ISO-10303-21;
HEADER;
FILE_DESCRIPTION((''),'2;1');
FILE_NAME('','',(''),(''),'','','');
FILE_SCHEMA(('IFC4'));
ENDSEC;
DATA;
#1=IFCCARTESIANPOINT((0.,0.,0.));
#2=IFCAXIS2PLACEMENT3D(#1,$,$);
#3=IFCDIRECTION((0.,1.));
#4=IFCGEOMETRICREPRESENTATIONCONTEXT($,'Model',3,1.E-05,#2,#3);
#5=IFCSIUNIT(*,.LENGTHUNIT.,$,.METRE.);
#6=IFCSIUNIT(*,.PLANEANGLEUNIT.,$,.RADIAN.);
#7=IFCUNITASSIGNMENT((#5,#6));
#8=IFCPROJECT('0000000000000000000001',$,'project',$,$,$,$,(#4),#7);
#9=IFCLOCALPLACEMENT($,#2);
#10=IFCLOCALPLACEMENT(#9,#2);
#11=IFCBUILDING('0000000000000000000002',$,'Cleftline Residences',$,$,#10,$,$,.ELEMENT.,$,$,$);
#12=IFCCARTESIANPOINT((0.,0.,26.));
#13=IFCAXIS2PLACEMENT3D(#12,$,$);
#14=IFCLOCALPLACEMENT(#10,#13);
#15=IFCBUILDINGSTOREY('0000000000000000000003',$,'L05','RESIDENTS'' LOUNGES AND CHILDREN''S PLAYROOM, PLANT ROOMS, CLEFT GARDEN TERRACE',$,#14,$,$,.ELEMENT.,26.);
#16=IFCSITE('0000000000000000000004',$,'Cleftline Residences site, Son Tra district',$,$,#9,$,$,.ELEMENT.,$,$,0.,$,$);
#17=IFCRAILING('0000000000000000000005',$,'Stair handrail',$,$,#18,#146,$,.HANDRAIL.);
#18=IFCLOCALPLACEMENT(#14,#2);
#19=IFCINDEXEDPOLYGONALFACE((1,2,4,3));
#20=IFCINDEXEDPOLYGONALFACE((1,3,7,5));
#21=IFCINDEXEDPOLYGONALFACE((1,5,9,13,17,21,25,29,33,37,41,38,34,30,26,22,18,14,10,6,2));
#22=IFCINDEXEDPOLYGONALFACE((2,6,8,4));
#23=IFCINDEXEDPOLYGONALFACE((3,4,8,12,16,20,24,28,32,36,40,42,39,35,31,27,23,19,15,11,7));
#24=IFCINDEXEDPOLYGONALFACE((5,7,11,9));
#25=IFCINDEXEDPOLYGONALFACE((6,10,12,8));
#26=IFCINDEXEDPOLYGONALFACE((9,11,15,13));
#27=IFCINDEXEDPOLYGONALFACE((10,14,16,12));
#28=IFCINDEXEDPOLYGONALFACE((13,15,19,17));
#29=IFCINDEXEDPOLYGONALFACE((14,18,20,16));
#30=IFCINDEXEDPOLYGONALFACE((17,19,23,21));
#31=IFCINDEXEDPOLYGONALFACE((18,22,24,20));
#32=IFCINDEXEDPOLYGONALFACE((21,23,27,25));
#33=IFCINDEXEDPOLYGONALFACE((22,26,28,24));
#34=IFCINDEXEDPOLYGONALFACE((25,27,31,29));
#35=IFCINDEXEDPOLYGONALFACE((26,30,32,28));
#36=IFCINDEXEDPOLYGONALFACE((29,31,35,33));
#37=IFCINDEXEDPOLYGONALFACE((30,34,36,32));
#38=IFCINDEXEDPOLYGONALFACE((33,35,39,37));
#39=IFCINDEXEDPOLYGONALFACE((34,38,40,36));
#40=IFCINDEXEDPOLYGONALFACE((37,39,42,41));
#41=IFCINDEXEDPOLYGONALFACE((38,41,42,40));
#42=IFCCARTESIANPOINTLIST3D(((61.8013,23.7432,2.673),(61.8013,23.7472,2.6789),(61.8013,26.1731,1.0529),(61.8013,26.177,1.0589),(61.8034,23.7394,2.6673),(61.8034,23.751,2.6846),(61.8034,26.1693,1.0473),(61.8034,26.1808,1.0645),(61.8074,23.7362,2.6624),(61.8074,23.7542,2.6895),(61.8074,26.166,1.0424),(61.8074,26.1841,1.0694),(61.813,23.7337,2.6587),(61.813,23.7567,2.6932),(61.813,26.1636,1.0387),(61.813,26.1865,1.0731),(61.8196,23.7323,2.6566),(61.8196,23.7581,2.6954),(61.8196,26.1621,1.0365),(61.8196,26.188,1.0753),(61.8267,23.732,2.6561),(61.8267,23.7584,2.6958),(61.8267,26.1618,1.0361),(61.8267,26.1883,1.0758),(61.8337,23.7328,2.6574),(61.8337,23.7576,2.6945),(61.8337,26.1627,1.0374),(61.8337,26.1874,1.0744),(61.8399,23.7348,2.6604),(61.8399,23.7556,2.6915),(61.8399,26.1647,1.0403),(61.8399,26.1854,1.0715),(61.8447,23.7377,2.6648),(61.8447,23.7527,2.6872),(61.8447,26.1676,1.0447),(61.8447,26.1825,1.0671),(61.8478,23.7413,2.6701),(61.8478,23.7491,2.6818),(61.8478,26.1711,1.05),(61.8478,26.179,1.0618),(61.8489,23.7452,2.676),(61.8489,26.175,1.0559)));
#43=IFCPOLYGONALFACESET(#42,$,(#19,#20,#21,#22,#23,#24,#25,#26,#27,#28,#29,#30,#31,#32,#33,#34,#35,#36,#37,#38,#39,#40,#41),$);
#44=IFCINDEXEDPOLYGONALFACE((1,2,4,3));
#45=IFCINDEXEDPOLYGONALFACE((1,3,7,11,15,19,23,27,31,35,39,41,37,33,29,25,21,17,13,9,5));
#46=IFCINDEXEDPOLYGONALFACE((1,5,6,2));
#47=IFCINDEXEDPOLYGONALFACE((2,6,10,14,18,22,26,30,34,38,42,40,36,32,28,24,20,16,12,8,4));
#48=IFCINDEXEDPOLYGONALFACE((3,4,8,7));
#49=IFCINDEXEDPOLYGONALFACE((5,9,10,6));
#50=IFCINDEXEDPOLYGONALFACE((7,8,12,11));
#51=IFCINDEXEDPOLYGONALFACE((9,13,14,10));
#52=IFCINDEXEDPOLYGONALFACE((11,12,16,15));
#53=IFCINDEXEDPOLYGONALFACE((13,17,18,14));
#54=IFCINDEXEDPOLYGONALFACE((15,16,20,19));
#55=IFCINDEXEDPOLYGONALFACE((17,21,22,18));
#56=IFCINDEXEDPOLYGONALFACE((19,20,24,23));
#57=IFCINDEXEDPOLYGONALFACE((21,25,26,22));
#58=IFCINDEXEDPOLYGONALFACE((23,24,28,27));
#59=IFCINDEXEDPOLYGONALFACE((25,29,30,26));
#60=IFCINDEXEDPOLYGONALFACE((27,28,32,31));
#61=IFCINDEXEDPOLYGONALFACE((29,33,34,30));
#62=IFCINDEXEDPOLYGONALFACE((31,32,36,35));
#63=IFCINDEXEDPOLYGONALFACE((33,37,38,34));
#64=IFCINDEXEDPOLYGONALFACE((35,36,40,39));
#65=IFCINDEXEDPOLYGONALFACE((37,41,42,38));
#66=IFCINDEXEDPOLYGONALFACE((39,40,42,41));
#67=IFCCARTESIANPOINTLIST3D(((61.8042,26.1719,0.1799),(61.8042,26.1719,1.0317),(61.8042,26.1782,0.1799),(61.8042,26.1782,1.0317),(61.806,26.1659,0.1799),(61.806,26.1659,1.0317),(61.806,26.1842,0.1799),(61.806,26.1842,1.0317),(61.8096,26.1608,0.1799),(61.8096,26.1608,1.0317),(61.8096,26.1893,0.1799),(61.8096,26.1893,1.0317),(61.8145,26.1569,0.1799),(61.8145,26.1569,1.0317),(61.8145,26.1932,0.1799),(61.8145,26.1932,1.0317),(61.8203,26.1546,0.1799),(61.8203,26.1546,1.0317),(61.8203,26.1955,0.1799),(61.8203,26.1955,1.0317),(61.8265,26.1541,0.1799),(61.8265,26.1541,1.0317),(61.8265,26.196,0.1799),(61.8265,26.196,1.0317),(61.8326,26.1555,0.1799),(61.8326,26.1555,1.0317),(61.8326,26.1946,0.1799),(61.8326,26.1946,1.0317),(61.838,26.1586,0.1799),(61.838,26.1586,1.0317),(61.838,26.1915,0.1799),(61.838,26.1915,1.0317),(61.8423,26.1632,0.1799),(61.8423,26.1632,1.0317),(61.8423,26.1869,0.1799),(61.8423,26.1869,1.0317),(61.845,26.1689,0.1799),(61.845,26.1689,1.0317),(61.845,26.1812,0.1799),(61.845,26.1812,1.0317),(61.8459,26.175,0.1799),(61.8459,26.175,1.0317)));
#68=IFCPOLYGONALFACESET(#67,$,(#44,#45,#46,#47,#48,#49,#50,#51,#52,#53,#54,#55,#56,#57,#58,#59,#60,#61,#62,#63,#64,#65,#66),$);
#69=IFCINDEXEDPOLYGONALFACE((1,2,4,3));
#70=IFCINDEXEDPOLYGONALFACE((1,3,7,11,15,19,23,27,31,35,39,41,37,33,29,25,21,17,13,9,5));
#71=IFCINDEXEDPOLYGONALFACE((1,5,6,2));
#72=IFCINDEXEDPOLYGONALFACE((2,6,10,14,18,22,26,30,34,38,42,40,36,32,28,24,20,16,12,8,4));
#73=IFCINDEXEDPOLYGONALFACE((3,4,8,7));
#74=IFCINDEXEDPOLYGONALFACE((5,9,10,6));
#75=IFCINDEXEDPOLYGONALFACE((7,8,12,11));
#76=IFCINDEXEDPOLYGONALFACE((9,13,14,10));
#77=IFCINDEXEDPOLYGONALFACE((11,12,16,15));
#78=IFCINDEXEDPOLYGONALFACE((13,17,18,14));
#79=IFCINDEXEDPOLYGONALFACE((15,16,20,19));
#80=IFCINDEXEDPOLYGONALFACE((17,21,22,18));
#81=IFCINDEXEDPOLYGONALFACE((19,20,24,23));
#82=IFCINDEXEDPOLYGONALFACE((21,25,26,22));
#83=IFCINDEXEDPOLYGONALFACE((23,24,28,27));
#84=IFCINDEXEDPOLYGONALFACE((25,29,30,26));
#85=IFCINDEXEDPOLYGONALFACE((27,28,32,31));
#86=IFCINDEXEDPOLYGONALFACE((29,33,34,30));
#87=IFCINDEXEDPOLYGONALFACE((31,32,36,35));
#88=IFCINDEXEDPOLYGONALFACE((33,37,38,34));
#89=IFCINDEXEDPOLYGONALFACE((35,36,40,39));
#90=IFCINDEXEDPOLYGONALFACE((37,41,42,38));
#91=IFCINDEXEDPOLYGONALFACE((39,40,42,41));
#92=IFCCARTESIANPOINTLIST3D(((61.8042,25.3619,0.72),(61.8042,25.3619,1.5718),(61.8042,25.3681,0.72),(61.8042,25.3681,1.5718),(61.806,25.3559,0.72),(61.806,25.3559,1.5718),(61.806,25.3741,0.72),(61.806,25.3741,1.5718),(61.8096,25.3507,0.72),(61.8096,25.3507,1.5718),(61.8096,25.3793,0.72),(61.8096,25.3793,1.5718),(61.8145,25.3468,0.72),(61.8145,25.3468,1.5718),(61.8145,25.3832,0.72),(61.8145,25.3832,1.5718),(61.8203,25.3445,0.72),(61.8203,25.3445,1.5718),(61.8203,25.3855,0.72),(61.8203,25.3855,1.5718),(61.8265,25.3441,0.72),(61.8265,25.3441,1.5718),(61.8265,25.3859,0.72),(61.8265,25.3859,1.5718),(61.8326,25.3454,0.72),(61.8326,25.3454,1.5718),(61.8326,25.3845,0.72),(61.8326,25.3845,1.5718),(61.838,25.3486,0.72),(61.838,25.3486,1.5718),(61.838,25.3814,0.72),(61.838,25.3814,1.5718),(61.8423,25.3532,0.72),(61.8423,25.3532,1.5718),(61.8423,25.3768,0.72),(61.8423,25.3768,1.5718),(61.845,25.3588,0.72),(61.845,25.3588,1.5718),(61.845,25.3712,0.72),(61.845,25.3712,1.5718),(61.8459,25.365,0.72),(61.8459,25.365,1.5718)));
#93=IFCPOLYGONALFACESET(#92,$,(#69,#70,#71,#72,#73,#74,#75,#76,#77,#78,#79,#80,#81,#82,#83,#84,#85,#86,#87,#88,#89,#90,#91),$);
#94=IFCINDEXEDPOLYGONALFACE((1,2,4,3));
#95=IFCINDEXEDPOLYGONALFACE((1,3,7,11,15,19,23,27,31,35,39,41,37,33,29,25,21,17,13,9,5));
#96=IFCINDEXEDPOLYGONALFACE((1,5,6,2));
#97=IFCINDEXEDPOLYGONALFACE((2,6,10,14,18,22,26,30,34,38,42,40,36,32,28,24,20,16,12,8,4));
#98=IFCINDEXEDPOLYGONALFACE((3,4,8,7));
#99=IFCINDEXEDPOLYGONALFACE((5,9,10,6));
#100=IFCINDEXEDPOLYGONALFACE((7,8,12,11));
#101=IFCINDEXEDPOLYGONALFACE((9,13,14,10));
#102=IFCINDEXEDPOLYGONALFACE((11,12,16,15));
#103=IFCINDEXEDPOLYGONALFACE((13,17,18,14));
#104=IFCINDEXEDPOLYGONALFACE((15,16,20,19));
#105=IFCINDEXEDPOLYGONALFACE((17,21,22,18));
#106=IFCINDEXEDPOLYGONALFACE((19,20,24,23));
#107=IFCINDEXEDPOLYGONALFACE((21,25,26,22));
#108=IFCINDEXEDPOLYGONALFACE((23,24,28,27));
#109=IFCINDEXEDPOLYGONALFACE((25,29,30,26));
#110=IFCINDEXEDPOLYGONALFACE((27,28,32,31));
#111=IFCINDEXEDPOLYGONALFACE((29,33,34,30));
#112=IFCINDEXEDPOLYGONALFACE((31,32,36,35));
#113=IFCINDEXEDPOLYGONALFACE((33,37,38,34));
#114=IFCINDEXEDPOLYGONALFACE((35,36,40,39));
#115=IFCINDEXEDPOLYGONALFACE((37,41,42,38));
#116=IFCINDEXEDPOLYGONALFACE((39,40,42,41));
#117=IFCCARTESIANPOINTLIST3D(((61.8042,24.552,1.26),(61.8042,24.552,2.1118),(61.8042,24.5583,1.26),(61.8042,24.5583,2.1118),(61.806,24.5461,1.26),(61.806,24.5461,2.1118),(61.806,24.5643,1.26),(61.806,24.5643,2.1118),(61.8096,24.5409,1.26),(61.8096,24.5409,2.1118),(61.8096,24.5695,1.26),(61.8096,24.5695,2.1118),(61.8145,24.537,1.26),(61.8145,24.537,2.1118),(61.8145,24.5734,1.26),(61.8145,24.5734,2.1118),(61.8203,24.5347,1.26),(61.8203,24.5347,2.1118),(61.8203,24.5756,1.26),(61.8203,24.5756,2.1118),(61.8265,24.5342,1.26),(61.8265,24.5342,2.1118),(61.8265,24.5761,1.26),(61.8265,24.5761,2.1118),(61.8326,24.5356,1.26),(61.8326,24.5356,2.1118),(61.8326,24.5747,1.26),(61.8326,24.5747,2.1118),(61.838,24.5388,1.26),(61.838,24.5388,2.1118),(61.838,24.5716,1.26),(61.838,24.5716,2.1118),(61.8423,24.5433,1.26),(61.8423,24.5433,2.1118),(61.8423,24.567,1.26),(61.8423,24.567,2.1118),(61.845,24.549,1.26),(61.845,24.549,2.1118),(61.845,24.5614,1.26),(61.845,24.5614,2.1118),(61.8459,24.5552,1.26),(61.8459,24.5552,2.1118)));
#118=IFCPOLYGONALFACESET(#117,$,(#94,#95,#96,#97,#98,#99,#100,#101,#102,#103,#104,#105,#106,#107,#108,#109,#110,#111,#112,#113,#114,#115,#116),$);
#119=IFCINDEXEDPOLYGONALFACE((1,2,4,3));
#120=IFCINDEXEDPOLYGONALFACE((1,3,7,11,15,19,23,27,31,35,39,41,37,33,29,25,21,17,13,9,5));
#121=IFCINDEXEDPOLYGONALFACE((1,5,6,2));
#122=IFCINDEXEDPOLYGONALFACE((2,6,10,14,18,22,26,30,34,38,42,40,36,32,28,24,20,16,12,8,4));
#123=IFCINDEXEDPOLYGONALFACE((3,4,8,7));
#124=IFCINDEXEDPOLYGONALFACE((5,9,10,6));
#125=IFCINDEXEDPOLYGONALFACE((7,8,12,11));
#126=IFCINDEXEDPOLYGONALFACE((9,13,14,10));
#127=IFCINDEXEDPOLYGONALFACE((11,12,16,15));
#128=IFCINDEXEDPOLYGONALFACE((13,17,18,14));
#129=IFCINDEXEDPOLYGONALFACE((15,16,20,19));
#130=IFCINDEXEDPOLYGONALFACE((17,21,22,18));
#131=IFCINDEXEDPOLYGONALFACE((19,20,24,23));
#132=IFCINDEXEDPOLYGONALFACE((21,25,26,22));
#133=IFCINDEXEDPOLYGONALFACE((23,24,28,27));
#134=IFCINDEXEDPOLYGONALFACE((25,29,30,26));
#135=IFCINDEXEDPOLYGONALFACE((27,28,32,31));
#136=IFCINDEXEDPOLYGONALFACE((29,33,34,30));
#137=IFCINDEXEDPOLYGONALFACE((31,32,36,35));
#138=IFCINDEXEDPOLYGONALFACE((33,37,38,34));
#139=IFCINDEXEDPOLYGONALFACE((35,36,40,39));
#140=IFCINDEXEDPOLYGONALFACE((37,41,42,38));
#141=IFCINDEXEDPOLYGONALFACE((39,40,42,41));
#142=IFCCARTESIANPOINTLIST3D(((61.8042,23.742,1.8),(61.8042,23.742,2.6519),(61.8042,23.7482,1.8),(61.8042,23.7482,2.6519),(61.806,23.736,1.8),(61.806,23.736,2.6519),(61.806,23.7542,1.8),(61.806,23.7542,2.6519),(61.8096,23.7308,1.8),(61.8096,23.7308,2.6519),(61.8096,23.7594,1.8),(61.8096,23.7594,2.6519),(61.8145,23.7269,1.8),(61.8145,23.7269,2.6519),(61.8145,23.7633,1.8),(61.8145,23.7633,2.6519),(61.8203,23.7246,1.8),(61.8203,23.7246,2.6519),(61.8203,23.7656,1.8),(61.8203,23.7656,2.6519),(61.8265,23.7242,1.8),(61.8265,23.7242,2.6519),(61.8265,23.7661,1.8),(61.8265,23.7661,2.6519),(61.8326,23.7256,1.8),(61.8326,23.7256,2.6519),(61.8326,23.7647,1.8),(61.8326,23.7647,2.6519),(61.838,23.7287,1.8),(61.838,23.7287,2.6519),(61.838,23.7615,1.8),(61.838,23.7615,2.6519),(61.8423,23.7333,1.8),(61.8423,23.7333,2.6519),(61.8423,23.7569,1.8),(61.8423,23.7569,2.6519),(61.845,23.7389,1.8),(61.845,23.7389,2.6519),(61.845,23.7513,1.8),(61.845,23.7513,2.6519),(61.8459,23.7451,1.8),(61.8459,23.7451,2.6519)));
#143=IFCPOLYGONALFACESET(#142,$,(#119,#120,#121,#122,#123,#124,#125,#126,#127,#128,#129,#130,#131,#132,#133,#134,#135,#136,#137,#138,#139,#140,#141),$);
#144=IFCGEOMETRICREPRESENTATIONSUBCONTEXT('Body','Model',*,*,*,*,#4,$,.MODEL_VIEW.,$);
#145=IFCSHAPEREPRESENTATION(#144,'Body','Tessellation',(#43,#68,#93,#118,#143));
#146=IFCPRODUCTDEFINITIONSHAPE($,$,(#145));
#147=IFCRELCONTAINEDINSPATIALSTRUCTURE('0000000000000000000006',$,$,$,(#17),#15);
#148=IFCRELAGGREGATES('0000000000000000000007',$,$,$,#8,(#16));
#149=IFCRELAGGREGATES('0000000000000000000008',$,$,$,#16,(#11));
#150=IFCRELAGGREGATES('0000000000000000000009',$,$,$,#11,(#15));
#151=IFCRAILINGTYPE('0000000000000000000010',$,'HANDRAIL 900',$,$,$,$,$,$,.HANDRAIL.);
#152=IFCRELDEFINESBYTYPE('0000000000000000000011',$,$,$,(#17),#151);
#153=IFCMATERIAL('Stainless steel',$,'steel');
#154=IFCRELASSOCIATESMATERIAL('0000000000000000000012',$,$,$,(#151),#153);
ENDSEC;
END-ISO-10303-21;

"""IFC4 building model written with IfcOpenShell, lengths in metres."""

from ifc_helpers import new_model, si_unit, direction, frame, origin, origin_2d, place, context, subcontext, project, spatial, circle, extrude, material, type_object, element, save


model = new_model("IFC4")

# Units and contexts
model_context = context("Model", 3, precision=1e-05, world=origin(), true_north=direction((0.0, 1.0)))
body_context = subcontext(model_context, "Body", "Model", "MODEL_VIEW")
ifc_project = project(units=[si_unit("LENGTHUNIT", "METRE"), si_unit("PLANEANGLEUNIT", "RADIAN")], contexts=[model_context])

# Site, building, storey
site_placement = place(None, origin())
site = spatial("IfcSite", under=ifc_project, at=site_placement, Name="Cleftline Residences site, Son Tra district", CompositionType="ELEMENT", RefElevation=0.0)
building_placement = place(site_placement, origin())
building = spatial("IfcBuilding", under=site, at=building_placement, Name="Cleftline Residences", CompositionType="ELEMENT")
storey_placement = place(building_placement, frame((0.0, 0.0, 26.0)))
storey = spatial("IfcBuildingStorey", under=building, at=storey_placement, Name="L05", Description="RESIDENTS' LOUNGES AND CHILDREN'S PLAYROOM, PLANT ROOMS, CLEFT GARDEN TERRACE", CompositionType="ELEMENT", Elevation=26.0)

# Railing
ifc_material_1 = material(Name="Stainless steel", Category="steel")
railing_type = type_object("IfcRailingType", Name="HANDRAIL 900", PredefinedType="HANDRAIL", material=ifc_material_1)
railing_placement = place(storey_placement, frame((61.825, 26.175, 0.1799)))
element("IfcRailing", 1, at=railing_placement, inside=storey, type_object=railing_type, Name="Stair handrail", PredefinedType="HANDRAIL", context=body_context, shape_type="SweptSolid", body=[
    extrude(circle(Radius=0.0239, at=origin_2d()), frame((0.0, 0.0, 0.876), z_axis=(0.0, -0.832025, 0.554739), x_axis=(1.0, 0.0, 0.0)), (0.0, 0.0, 1.0), 2.9204),
    extrude(circle(Radius=0.021, at=origin_2d()), origin(), (0.0, 0.0, 1.0), 0.8518),
    extrude(circle(Radius=0.021, at=origin_2d()), frame((0.0, -0.8101, 0.54)), (0.0, 0.0, 1.0), 0.8518),
    extrude(circle(Radius=0.021, at=origin_2d()), frame((0.0, -1.6199, 1.0801)), (0.0, 0.0, 1.0), 0.8518),
    extrude(circle(Radius=0.021, at=origin_2d()), frame((0.0, -2.4299, 1.6201)), (0.0, 0.0, 1.0), 0.8518),
])

save(model, "model.ifc")
